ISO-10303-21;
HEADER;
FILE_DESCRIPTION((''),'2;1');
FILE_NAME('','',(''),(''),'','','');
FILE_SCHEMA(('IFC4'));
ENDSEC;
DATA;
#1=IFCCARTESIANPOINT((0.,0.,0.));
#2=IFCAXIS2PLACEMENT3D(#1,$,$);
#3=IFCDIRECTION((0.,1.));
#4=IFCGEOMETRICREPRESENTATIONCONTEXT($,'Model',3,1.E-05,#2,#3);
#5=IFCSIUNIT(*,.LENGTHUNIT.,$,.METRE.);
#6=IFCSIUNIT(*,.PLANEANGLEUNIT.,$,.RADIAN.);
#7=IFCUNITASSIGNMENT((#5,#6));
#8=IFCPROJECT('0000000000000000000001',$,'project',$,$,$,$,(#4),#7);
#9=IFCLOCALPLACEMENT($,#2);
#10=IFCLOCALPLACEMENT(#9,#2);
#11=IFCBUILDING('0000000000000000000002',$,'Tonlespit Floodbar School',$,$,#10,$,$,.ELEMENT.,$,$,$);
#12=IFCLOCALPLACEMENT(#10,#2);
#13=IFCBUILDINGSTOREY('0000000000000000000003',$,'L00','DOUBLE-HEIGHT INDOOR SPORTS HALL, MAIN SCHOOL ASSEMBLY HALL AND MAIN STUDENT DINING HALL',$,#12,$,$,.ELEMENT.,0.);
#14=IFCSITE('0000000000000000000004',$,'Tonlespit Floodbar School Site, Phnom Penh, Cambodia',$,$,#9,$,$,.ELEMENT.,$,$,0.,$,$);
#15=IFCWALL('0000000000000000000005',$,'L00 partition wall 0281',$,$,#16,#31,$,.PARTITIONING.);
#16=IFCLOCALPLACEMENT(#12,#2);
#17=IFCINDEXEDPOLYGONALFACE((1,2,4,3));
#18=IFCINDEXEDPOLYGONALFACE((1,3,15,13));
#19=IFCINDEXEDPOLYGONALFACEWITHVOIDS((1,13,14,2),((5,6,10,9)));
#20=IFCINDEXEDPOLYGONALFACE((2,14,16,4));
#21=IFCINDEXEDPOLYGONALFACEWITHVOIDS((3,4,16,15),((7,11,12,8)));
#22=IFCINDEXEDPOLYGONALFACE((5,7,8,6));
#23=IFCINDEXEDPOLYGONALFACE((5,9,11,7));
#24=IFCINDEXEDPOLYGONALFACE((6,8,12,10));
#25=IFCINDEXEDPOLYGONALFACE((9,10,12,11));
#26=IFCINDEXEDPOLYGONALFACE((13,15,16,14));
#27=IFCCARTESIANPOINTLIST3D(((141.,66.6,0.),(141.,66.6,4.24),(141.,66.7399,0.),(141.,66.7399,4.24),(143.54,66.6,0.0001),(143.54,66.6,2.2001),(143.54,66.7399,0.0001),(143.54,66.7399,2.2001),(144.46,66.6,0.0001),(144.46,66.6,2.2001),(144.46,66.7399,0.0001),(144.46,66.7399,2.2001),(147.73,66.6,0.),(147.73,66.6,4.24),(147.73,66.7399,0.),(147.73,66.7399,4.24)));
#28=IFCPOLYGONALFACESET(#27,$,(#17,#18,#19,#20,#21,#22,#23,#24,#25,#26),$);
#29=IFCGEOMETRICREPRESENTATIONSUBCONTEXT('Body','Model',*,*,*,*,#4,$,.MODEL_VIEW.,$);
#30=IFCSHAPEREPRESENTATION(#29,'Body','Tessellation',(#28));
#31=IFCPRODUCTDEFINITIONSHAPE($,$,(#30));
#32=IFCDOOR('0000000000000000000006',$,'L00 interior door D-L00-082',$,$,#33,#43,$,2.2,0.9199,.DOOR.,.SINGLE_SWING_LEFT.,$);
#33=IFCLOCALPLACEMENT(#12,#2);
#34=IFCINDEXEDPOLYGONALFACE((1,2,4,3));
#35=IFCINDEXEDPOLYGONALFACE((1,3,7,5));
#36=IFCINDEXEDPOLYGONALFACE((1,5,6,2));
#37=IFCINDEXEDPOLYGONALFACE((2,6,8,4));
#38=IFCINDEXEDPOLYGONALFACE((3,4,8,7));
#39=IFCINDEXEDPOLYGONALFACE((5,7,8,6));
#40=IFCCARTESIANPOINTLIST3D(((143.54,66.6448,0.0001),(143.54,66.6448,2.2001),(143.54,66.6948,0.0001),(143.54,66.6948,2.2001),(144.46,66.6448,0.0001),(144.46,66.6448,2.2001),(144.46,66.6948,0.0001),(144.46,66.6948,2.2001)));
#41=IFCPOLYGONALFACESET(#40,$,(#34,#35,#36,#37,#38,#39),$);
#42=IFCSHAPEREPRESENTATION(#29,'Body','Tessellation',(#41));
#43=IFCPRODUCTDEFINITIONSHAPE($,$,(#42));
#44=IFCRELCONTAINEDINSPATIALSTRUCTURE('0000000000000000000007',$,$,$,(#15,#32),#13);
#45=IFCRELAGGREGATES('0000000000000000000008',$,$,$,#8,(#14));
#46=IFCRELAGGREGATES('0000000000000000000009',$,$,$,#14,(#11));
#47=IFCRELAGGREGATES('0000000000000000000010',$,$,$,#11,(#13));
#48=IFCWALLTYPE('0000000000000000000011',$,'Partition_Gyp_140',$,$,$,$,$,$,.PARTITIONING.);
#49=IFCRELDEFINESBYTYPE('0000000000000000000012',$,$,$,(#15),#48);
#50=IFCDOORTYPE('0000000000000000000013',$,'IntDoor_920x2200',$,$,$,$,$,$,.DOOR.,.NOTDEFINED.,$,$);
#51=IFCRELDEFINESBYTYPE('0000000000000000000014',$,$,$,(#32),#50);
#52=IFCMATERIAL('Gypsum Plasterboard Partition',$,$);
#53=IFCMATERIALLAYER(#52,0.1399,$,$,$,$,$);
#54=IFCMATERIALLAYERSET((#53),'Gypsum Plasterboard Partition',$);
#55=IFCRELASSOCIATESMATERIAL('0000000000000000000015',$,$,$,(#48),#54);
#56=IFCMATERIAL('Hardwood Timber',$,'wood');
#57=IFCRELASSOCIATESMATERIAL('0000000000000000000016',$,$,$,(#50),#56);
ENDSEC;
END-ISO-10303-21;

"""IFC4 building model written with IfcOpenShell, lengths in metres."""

from ifc_helpers import new_model, si_unit, direction, frame, frame_2d, origin, place, context, subcontext, project, spatial, rectangle, extrude, material, layer, layer_set, type_object, element, fill, save


model = new_model("IFC4")

# Units and contexts
model_context = context("Model", 3, precision=1e-05, world=origin(), true_north=direction((0.0, 1.0)))
body_context = subcontext(model_context, "Body", "Model", "MODEL_VIEW")
ifc_project = project(units=[si_unit("LENGTHUNIT", "METRE"), si_unit("PLANEANGLEUNIT", "RADIAN")], contexts=[model_context])

# Site, building, storey
site_placement = place(None, origin())
site = spatial("IfcSite", under=ifc_project, at=site_placement, Name="Tonlespit Floodbar School Site, Phnom Penh, Cambodia", CompositionType="ELEMENT", RefElevation=0.0)
building_placement = place(site_placement, origin())
building = spatial("IfcBuilding", under=site, at=building_placement, Name="Tonlespit Floodbar School", CompositionType="ELEMENT")
storey_placement = place(building_placement, origin())
storey = spatial("IfcBuildingStorey", under=building, at=storey_placement, Name="L00", Description="DOUBLE-HEIGHT INDOOR SPORTS HALL, MAIN SCHOOL ASSEMBLY HALL AND MAIN STUDENT DINING HALL", CompositionType="ELEMENT", Elevation=0.0)

# Shared definitions
ifc_material_1 = material(Name="Gypsum Plasterboard Partition")
ifc_layer_1 = layer(ifc_material_1, 0.1399)
ifc_layer_set_1 = layer_set([ifc_layer_1], Name="Gypsum Plasterboard Partition")
wall_type = type_object("IfcWallType", Name="Partition_Gyp_140", PredefinedType="PARTITIONING", material=ifc_layer_set_1)

# Wall, opening, door
wall_1_placement = place(storey_placement, frame((141.0, 66.6699, 0.0), z_axis=(0.0, 0.0, 1.0), x_axis=(1.0, 0.0, 0.0)))
wall_1 = element("IfcWall", 1, at=wall_1_placement, inside=storey, type_object=wall_type, Name="L00 partition wall 0281", PredefinedType="PARTITIONING", context=body_context, shape_type="SweptSolid", body=[
    extrude(rectangle(XDim=6.73, YDim=0.1399, at=frame_2d((3.365, 0.0))), origin(), (0.0, 0.0, 1.0), 4.24),
])
opening_placement = place(wall_1_placement, frame((2.54, 0.0, 0.0)))
opening = element("IfcOpeningElement", 2, at=opening_placement, cuts=wall_1, PredefinedType="OPENING", context=body_context, shape_type="SweptSolid", body=[
    extrude(rectangle(XDim=0.9199, YDim=2.2, at=frame_2d((0.46, 1.1001))), frame((0.0, 0.0798, 0.0), z_axis=(0.0, -1.0, 0.0), x_axis=(1.0, 0.0, 0.0)), (0.0, 0.0, 1.0), 0.1599),
])
ifc_material_2 = material(Name="Hardwood Timber", Category="wood")
door_type = type_object("IfcDoorType", Name="IntDoor_920x2200", OperationType="NOTDEFINED", PredefinedType="DOOR", material=ifc_material_2)
door_placement = place(opening_placement, origin())
door = element("IfcDoor", 3, at=door_placement, inside=storey, type_object=door_type, Name="L00 interior door D-L00-082", OperationType="SINGLE_SWING_LEFT", OverallHeight=2.2, OverallWidth=0.9199, PredefinedType="DOOR", context=body_context, shape_type="SweptSolid", body=[
    extrude(rectangle(XDim=0.9199, YDim=2.2, at=frame_2d((0.46, 1.1001))), frame((0.0, 0.0249, 0.0), z_axis=(0.0, -1.0, 0.0), x_axis=(1.0, 0.0, 0.0)), (0.0, 0.0, 1.0), 0.05),
])
fill(opening, door)

save(model, "model.ifc")
